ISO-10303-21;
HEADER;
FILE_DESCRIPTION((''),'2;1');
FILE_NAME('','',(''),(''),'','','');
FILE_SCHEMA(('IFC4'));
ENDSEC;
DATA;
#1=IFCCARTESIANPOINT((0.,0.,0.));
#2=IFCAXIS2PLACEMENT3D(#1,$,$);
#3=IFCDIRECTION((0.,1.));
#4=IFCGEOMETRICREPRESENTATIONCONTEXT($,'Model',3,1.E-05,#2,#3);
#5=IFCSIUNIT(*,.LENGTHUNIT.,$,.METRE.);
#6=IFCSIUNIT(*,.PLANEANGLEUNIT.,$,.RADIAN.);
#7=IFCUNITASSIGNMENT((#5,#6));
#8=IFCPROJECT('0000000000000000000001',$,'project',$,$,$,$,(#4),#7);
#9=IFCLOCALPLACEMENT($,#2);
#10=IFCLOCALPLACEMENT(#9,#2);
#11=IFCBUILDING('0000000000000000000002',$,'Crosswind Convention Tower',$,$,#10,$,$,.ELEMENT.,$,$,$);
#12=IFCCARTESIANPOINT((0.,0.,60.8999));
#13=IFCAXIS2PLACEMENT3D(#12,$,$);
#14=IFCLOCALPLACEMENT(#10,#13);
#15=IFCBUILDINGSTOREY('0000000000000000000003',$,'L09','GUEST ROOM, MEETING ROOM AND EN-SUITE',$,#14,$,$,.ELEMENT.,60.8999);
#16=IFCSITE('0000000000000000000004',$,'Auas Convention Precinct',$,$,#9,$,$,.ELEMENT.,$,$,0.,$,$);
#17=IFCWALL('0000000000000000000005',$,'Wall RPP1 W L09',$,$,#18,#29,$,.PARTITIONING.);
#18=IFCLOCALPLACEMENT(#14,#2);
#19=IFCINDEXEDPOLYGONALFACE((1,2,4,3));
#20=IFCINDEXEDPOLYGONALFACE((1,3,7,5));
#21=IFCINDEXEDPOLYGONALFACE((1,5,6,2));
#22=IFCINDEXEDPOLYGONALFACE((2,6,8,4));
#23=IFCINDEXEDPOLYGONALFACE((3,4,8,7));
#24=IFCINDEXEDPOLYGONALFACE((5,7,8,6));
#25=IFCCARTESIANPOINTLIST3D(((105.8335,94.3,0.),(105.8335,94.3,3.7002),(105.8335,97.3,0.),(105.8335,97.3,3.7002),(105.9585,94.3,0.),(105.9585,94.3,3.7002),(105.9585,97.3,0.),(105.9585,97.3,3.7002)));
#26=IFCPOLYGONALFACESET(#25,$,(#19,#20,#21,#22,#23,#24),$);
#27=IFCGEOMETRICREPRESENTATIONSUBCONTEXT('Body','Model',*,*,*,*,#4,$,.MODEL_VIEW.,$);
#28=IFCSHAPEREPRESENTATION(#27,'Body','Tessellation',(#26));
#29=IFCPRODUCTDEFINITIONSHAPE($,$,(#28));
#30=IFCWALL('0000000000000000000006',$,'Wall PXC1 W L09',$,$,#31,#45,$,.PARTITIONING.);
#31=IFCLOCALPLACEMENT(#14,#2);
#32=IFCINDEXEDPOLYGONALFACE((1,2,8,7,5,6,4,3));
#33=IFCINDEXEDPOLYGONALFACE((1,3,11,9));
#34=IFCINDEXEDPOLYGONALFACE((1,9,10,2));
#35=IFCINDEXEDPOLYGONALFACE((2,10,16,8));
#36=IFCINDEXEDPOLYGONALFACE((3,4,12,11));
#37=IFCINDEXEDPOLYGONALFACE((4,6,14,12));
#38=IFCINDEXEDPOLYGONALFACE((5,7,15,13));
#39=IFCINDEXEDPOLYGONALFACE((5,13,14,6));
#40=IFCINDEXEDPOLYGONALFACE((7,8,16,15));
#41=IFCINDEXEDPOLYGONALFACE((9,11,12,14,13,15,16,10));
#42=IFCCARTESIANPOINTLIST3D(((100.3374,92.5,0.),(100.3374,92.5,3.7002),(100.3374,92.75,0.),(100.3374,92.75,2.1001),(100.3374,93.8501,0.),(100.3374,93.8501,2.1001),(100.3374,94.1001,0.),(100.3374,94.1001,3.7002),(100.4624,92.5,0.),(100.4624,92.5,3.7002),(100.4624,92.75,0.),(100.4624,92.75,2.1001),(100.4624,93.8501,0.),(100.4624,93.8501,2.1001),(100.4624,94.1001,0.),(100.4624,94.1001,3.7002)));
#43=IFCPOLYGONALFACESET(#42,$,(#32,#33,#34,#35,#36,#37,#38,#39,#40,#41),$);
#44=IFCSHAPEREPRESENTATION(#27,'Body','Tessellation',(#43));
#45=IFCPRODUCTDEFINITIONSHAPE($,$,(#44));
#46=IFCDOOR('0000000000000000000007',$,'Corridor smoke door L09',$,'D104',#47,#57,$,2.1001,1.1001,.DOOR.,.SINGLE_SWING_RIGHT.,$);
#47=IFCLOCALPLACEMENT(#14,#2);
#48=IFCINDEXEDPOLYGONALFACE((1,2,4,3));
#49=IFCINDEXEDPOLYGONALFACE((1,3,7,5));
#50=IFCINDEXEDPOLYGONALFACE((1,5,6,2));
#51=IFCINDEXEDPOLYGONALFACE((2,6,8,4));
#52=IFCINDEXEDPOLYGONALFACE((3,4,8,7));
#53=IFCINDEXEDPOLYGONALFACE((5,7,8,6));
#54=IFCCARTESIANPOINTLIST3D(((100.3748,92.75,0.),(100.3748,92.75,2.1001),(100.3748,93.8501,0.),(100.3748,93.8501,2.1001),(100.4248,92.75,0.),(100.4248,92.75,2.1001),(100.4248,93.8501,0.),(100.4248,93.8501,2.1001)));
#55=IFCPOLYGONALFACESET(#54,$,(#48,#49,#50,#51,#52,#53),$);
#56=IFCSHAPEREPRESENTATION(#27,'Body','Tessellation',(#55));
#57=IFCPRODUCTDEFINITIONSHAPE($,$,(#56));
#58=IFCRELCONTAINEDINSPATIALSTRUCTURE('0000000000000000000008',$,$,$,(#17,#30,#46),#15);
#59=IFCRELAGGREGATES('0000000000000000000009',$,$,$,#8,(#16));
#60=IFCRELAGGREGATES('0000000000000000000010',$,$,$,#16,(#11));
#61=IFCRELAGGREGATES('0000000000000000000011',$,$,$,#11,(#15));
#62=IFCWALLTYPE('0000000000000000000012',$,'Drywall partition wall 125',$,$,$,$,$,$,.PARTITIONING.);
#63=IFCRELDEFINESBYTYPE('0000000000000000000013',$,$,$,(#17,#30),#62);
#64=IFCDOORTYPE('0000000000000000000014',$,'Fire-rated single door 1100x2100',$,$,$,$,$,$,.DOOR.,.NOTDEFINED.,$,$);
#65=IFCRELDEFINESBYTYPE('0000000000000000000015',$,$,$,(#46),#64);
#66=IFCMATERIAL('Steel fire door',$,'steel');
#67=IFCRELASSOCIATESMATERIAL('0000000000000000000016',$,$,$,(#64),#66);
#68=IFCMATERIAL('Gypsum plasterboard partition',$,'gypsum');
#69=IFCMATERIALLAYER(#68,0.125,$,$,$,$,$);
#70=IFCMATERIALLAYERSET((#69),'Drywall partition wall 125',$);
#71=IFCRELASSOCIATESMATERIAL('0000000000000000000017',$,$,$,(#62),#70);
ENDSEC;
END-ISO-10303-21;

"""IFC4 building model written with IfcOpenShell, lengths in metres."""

from ifc_helpers import new_model, si_unit, direction, frame, frame_2d, origin, place, context, subcontext, project, spatial, rectangle, extrude, material, layer, layer_set, type_object, element, fill, save


model = new_model("IFC4")

# Units and contexts
model_context = context("Model", 3, precision=1e-05, world=origin(), true_north=direction((0.0, 1.0)))
body_context = subcontext(model_context, "Body", "Model", "MODEL_VIEW")
ifc_project = project(units=[si_unit("LENGTHUNIT", "METRE"), si_unit("PLANEANGLEUNIT", "RADIAN")], contexts=[model_context])

# Site, building, storey
site_placement = place(None, origin())
site = spatial("IfcSite", under=ifc_project, at=site_placement, Name="Auas Convention Precinct", CompositionType="ELEMENT", RefElevation=0.0)
building_placement = place(site_placement, origin())
building = spatial("IfcBuilding", under=site, at=building_placement, Name="Crosswind Convention Tower", CompositionType="ELEMENT")
storey_placement = place(building_placement, frame((0.0, 0.0, 60.8999)))
storey = spatial("IfcBuildingStorey", under=building, at=storey_placement, Name="L09", Description="GUEST ROOM, MEETING ROOM AND EN-SUITE", CompositionType="ELEMENT", Elevation=60.8999)

# Shared definitions
ifc_material_1 = material(Name="Steel fire door", Category="steel")
door_type_1 = type_object("IfcDoorType", Name="Fire-rated single door 1100x2100", OperationType="NOTDEFINED", PredefinedType="DOOR", material=ifc_material_1)

# Wall
ifc_material_2 = material(Name="Gypsum plasterboard partition", Category="gypsum")
ifc_layer_1 = layer(ifc_material_2, 0.125)
ifc_layer_set_1 = layer_set([ifc_layer_1], Name="Drywall partition wall 125")
wall_type_1 = type_object("IfcWallType", Name="Drywall partition wall 125", PredefinedType="PARTITIONING", material=ifc_layer_set_1)
wall_1_placement = place(storey_placement, frame((105.896, 97.3, 0.0), z_axis=(0.0, 0.0, 1.0), x_axis=(0.0, -1.0, 0.0)))
element("IfcWall", 1, at=wall_1_placement, inside=storey, type_object=wall_type_1, Name="Wall RPP1 W L09", PredefinedType="PARTITIONING", context=body_context, shape_type="SweptSolid", body=[
    extrude(rectangle(XDim=3.0, YDim=0.125, at=frame_2d((1.5, 0.0))), origin(), (0.0, 0.0, 1.0), 3.7002),
])

# Wall, opening, door
wall_2_placement = place(storey_placement, frame((100.3999, 94.1001, 0.0), z_axis=(0.0, 0.0, 1.0), x_axis=(0.0, -1.0, 0.0)))
wall_2 = element("IfcWall", 2, at=wall_2_placement, inside=storey, type_object=wall_type_1, Name="Wall PXC1 W L09", PredefinedType="PARTITIONING", context=body_context, shape_type="SweptSolid", body=[
    extrude(rectangle(XDim=1.6001, YDim=0.125, at=frame_2d((0.8, 0.0))), origin(), (0.0, 0.0, 1.0), 3.7002),
])
opening_1_placement = place(wall_2_placement, frame((0.25, 0.0, 0.0)))
opening_1 = element("IfcOpeningElement", 3, at=opening_1_placement, cuts=wall_2, PredefinedType="OPENING", context=body_context, shape_type="SweptSolid", body=[
    extrude(rectangle(XDim=1.1001, YDim=2.1001, at=frame_2d((0.55, 1.05))), frame((0.0, 0.0725, 0.0), z_axis=(0.0, -1.0, 0.0), x_axis=(1.0, 0.0, 0.0)), (0.0, 0.0, 1.0), 0.145),
])
door_1_placement = place(opening_1_placement, origin())
door_1 = element("IfcDoor", 4, at=door_1_placement, inside=storey, type_object=door_type_1, Name="Corridor smoke door L09", ObjectType="D104", OperationType="SINGLE_SWING_RIGHT", OverallHeight=2.1001, OverallWidth=1.1001, PredefinedType="DOOR", context=body_context, shape_type="SweptSolid", body=[
    extrude(rectangle(XDim=1.1001, YDim=2.1001, at=frame_2d((0.55, 1.05))), frame((0.0, 0.0249, 0.0), z_axis=(0.0, -1.0, 0.0), x_axis=(1.0, 0.0, 0.0)), (0.0, 0.0, 1.0), 0.05),
])
fill(opening_1, door_1)

save(model, "model.ifc")
